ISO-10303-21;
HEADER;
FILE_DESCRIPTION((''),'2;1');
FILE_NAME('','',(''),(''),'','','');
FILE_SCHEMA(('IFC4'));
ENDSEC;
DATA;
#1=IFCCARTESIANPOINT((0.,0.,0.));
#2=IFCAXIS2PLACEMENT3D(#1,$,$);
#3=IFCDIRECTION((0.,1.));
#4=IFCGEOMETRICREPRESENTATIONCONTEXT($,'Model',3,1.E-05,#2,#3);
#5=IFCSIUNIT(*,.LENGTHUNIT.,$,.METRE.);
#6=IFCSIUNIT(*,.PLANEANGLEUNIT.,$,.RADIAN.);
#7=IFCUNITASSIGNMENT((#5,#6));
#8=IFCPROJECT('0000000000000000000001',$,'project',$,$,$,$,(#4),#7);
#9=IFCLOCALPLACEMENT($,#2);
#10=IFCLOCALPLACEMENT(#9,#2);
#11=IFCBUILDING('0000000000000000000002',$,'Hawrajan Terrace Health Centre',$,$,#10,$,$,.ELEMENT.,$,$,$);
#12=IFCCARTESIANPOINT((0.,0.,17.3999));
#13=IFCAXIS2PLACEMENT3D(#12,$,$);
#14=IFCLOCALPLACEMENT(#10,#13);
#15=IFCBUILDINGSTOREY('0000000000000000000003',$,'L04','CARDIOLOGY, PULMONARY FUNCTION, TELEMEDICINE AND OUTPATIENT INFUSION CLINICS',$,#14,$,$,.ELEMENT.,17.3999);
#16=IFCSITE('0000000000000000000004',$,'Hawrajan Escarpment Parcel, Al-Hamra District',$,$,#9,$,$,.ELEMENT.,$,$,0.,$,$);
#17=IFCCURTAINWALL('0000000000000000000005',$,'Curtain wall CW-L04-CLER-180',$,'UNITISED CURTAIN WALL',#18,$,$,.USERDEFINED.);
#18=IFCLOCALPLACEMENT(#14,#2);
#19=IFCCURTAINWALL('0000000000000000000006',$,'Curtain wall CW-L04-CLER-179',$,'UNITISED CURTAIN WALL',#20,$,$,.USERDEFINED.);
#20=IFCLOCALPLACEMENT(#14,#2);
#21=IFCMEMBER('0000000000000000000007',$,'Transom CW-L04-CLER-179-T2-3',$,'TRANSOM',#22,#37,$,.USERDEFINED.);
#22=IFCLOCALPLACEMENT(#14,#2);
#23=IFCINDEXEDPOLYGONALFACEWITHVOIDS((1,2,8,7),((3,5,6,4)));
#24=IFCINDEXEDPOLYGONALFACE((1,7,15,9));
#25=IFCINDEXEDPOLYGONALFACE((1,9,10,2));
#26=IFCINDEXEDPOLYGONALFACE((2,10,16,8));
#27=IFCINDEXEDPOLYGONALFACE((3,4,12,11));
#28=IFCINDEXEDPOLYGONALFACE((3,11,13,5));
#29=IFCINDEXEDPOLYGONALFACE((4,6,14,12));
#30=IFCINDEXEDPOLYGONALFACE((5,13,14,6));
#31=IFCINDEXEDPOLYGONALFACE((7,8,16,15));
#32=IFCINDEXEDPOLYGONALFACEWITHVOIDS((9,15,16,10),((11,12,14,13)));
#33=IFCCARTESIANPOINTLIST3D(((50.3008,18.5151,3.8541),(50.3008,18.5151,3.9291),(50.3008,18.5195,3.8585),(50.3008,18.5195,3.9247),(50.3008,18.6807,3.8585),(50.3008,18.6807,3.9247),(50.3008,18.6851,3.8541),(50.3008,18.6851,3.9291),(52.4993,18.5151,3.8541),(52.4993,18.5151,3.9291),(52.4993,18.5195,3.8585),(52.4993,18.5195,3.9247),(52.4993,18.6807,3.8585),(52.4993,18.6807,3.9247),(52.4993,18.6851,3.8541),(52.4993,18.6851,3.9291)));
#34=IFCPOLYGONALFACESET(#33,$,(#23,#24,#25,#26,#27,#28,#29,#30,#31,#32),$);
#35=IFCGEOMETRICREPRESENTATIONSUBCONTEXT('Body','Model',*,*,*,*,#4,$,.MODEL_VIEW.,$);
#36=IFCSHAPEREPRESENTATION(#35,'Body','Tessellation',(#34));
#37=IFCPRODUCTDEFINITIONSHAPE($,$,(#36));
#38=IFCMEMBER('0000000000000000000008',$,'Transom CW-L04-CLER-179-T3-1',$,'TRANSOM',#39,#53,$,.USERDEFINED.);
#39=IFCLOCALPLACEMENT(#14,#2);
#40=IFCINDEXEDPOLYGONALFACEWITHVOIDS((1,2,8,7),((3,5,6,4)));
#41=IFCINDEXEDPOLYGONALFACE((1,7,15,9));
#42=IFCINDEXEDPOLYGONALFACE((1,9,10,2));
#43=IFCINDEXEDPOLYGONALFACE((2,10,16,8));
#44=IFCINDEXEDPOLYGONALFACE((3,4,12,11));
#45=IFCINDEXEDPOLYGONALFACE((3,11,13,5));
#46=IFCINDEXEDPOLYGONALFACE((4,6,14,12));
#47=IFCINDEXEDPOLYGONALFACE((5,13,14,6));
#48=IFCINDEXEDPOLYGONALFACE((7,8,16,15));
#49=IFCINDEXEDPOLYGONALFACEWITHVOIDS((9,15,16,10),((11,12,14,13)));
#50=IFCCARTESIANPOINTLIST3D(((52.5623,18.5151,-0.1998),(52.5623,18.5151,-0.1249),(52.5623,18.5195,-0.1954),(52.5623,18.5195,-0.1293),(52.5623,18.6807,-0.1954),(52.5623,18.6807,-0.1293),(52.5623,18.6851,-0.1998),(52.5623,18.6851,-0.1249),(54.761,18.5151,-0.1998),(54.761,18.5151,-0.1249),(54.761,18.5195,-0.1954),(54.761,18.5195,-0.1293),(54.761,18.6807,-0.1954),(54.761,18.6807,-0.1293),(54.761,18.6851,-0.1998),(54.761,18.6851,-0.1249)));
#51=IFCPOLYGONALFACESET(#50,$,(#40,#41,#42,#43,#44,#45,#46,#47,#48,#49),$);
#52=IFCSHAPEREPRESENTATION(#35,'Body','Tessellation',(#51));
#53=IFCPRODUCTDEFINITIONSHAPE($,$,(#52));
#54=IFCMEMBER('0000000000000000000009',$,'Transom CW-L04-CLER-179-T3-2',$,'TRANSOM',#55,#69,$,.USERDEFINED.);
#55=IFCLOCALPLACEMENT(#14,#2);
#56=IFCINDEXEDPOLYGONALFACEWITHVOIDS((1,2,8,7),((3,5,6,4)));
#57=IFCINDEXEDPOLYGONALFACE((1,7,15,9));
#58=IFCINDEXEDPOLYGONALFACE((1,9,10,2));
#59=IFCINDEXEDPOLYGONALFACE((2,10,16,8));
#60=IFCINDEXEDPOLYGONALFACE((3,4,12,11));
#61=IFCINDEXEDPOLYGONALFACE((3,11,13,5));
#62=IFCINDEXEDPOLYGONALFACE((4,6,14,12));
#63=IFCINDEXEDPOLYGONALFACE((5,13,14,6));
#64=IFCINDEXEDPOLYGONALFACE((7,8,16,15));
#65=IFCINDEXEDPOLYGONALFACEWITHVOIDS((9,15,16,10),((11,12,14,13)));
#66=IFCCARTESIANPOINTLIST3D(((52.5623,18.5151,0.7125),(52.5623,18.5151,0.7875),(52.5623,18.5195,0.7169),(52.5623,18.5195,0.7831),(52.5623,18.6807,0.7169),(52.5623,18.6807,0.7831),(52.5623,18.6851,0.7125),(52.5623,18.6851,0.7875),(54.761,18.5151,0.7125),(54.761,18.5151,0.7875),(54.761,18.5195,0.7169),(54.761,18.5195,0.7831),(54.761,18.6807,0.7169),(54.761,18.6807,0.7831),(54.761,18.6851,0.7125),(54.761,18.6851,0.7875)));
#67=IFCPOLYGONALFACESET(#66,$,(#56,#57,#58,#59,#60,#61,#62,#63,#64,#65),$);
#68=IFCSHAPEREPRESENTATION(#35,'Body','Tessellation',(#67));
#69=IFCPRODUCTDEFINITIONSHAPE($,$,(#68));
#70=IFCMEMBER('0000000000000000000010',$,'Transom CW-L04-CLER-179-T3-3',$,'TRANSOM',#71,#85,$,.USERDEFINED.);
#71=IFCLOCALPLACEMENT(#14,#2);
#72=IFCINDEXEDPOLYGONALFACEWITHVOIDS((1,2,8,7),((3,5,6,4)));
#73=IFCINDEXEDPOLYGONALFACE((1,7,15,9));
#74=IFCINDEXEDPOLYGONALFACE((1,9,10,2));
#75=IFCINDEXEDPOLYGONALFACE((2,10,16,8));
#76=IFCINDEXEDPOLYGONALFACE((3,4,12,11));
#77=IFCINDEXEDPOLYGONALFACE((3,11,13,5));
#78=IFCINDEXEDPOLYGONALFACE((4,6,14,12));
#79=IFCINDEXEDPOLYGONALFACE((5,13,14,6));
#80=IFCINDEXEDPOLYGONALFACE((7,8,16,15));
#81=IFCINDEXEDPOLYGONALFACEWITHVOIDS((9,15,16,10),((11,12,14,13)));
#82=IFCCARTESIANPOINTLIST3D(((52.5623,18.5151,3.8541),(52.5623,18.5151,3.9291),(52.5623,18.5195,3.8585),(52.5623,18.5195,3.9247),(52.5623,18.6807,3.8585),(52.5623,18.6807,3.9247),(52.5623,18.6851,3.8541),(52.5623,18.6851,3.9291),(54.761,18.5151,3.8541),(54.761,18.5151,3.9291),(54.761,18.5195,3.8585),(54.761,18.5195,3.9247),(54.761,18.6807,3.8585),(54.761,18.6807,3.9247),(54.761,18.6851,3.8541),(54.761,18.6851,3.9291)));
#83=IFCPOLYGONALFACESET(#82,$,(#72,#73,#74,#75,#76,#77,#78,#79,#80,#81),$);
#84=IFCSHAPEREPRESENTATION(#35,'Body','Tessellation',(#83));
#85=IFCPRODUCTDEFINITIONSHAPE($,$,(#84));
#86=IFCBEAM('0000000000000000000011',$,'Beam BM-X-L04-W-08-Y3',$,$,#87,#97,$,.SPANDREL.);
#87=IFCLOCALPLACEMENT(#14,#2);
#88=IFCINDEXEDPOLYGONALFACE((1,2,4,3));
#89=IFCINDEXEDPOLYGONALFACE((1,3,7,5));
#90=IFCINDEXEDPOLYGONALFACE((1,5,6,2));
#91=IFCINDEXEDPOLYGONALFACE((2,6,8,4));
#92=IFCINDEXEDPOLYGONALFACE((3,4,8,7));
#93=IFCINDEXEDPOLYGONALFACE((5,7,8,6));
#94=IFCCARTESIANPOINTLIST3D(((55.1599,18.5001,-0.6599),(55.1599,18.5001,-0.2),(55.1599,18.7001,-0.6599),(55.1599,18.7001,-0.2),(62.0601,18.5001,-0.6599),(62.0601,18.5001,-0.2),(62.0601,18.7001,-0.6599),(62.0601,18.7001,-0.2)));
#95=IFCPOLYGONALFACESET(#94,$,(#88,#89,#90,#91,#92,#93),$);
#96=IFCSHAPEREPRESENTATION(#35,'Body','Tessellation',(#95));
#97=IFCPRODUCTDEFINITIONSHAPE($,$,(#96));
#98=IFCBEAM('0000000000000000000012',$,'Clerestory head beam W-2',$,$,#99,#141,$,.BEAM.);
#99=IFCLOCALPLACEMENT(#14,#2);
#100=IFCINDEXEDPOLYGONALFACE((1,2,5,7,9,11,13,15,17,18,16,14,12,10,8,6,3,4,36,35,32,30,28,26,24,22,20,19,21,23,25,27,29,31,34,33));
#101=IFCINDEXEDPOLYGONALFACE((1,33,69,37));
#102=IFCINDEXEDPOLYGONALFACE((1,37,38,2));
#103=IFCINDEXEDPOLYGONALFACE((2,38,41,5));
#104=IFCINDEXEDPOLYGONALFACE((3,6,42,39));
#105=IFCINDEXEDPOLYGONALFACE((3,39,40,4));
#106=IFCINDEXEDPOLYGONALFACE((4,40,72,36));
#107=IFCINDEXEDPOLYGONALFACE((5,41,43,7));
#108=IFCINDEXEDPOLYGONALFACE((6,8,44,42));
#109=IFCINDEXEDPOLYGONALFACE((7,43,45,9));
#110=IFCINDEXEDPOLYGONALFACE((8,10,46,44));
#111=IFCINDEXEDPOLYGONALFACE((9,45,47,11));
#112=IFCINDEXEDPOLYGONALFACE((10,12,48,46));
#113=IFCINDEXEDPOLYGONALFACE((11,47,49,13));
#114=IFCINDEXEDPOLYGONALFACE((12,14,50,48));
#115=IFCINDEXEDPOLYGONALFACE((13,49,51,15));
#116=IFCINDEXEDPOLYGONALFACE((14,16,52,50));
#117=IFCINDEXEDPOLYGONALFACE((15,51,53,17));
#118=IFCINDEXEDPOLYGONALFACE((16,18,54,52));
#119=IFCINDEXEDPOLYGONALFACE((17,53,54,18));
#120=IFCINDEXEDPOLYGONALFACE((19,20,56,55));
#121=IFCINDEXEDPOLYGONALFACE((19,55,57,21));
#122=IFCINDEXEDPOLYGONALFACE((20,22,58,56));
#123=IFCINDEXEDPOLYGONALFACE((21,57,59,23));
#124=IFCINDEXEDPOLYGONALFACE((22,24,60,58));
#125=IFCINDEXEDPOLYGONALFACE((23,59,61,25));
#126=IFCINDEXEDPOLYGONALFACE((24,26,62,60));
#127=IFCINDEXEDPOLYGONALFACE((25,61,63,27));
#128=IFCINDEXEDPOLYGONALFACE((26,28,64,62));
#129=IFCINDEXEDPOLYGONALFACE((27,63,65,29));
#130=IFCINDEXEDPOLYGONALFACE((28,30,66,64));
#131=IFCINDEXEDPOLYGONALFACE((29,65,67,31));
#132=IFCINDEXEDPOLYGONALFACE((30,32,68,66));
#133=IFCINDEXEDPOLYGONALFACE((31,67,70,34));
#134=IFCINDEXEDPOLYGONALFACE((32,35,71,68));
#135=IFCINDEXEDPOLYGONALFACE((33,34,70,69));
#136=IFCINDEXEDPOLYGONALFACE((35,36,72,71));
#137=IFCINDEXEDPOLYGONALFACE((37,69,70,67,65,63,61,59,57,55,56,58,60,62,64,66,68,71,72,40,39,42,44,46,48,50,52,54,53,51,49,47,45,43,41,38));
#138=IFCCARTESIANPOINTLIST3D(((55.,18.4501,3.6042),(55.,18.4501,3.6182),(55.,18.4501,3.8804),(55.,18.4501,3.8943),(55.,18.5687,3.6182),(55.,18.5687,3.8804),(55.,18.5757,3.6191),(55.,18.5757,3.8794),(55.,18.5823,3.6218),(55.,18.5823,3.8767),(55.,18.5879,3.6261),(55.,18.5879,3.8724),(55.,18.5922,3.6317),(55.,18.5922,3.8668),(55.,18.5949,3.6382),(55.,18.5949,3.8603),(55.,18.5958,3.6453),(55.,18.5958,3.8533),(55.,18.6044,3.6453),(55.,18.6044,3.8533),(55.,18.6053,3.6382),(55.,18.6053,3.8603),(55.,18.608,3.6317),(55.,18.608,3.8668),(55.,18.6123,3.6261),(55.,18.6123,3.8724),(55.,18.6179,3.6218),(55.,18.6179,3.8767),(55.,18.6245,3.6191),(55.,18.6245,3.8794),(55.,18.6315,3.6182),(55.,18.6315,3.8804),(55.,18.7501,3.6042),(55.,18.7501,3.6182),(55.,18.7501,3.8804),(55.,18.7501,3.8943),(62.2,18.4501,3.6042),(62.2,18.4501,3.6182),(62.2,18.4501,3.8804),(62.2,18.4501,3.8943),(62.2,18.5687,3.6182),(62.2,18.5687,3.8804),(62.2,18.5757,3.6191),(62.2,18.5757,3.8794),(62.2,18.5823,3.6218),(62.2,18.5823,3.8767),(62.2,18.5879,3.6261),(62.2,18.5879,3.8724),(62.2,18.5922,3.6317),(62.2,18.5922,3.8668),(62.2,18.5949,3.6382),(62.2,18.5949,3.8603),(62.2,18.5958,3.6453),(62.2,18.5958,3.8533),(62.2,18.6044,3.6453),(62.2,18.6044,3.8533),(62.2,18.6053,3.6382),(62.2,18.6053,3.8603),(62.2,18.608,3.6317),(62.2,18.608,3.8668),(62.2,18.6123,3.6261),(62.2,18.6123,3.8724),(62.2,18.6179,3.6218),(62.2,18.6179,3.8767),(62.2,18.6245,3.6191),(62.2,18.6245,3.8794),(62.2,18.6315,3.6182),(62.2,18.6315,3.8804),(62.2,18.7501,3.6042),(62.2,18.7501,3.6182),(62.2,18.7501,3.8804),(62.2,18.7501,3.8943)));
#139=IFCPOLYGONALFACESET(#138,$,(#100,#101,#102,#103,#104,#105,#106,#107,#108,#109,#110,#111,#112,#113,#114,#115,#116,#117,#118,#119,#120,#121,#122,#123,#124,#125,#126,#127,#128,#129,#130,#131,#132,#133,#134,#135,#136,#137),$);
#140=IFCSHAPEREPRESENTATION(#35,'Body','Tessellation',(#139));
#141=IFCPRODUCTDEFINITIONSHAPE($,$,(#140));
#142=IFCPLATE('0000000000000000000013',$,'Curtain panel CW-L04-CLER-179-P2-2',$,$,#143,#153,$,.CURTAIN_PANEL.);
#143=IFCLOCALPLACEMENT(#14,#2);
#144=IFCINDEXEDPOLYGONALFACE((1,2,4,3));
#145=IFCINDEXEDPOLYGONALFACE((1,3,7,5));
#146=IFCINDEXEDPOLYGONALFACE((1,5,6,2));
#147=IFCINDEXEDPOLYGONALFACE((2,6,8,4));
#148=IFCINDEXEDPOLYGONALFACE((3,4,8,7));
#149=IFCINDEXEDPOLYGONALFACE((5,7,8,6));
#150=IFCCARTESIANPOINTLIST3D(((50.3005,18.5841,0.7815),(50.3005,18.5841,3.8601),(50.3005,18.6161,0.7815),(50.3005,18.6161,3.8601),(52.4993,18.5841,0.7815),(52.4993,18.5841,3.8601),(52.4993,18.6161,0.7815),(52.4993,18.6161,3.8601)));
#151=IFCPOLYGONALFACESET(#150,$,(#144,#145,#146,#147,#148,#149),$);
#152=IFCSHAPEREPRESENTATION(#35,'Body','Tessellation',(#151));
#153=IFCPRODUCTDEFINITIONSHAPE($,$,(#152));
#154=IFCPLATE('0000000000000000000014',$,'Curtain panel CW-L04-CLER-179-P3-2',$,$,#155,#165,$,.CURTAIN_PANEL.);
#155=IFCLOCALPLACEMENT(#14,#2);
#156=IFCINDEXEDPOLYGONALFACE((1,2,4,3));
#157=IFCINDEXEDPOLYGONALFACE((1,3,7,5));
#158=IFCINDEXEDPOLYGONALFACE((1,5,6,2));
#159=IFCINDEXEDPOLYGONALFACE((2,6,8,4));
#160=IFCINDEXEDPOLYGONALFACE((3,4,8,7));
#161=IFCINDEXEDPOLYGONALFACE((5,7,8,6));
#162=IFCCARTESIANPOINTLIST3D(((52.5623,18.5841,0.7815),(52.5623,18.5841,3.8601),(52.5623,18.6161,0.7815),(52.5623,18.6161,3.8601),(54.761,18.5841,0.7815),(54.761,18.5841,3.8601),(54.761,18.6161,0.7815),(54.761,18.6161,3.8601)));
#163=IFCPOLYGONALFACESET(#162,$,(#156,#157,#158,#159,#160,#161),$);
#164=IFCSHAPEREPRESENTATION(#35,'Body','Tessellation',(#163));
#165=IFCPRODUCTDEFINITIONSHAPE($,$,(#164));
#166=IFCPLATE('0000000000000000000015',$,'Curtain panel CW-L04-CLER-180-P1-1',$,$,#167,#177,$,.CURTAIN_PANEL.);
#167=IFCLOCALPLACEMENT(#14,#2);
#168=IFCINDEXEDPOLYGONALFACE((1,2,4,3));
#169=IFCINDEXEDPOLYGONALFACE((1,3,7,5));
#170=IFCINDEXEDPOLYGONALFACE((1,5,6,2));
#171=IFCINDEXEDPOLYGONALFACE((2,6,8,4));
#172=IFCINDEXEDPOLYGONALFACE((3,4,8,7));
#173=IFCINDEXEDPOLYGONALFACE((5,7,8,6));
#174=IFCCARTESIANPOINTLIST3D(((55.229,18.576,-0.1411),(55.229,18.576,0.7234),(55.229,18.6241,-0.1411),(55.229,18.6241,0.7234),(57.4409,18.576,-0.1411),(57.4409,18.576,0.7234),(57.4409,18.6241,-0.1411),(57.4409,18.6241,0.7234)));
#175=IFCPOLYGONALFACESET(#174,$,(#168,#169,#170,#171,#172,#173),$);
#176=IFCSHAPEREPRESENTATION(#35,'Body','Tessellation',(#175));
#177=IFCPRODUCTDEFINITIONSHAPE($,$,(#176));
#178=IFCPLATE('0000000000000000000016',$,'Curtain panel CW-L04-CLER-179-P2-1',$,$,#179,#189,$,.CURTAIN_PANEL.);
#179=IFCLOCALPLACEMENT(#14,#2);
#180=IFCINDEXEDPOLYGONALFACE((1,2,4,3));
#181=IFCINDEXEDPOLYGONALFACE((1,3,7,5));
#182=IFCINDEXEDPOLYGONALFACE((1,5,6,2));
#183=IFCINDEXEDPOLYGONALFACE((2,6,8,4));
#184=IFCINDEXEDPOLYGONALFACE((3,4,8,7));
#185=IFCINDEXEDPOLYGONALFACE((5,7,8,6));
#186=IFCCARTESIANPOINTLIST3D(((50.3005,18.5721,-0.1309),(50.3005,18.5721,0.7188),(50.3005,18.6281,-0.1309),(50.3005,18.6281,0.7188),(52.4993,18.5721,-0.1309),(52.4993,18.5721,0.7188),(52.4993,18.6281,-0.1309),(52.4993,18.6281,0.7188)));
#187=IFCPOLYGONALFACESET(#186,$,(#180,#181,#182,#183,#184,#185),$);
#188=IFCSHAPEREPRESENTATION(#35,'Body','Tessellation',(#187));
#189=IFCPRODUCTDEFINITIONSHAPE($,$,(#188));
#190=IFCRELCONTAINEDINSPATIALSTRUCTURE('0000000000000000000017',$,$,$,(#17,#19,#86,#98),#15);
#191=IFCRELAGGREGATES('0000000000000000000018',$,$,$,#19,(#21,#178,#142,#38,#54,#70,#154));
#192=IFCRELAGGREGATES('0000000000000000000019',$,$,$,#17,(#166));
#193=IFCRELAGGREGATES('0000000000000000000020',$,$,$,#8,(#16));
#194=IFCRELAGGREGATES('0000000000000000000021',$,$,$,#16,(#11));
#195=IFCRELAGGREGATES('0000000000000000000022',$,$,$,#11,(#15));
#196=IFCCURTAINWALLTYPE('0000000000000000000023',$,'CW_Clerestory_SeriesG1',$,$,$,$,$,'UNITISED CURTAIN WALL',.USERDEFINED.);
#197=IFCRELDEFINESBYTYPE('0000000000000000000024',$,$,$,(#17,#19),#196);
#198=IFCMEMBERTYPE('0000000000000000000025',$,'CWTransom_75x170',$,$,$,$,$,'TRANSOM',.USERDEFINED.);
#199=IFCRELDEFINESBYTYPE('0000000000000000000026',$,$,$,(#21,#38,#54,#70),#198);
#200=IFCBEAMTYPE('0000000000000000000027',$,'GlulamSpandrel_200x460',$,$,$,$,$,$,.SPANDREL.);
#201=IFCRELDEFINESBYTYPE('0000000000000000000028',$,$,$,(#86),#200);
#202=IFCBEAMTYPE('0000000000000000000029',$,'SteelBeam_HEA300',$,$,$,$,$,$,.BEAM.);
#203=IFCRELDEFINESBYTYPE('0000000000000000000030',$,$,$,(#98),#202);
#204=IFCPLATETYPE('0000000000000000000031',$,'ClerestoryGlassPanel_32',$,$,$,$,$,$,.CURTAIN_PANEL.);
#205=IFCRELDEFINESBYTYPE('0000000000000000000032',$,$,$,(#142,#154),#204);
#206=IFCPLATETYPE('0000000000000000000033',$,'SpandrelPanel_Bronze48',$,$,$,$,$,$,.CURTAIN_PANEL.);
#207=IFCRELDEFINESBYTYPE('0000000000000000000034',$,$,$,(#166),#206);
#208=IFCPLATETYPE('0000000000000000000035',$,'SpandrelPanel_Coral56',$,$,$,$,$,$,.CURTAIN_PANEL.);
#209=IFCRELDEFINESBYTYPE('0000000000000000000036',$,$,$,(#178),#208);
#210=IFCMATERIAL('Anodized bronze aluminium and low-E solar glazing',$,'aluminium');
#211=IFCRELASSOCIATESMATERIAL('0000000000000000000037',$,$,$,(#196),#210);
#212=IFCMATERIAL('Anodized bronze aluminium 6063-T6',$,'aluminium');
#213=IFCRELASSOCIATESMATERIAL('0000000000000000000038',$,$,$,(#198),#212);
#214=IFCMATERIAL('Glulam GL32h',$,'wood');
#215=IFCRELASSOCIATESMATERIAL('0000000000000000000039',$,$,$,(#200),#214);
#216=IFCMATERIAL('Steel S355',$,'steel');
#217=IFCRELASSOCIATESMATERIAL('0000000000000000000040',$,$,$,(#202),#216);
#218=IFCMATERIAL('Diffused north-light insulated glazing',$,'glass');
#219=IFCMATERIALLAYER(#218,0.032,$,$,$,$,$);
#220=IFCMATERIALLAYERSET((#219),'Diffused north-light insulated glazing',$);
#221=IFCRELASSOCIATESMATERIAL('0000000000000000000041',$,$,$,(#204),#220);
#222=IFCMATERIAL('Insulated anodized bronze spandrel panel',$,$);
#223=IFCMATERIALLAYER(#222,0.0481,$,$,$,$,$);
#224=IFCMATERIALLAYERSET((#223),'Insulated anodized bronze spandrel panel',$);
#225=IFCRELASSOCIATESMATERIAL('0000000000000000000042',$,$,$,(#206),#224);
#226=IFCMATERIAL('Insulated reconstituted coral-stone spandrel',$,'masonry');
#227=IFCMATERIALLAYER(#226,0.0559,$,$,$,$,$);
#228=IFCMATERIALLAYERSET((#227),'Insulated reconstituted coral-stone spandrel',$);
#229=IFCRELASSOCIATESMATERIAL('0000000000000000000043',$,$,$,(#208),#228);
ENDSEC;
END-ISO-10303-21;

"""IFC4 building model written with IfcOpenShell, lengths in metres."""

from ifc_helpers import new_model, si_unit, direction, frame, origin, origin_2d, place, context, subcontext, project, spatial, rectangle, hollow_rectangle, i_section, extrude, material, layer, layer_set, material_profile, profile_set, type_object, element, aggregate, save


model = new_model("IFC4")

# Units and contexts
model_context = context("Model", 3, precision=1e-05, world=origin(), true_north=direction((0.0, 1.0)))
body_context = subcontext(model_context, "Body", "Model", "MODEL_VIEW")
ifc_project = project(units=[si_unit("LENGTHUNIT", "METRE"), si_unit("PLANEANGLEUNIT", "RADIAN")], contexts=[model_context])

# Site, building, storey
site_placement = place(None, origin())
site = spatial("IfcSite", under=ifc_project, at=site_placement, Name="Hawrajan Escarpment Parcel, Al-Hamra District", CompositionType="ELEMENT", RefElevation=0.0)
building_placement = place(site_placement, origin())
building = spatial("IfcBuilding", under=site, at=building_placement, Name="Hawrajan Terrace Health Centre", CompositionType="ELEMENT")
storey_placement = place(building_placement, frame((0.0, 0.0, 17.3999)))
storey = spatial("IfcBuildingStorey", under=building, at=storey_placement, Name="L04", Description="CARDIOLOGY, PULMONARY FUNCTION, TELEMEDICINE AND OUTPATIENT INFUSION CLINICS", CompositionType="ELEMENT", Elevation=17.3999)

# Curtain walls
ifc_material_1 = material(Name="Anodized bronze aluminium and low-E solar glazing", Category="aluminium")
curtain_wall_type = type_object("IfcCurtainWallType", Name="CW_Clerestory_SeriesG1", ElementType="UNITISED CURTAIN WALL", PredefinedType="USERDEFINED", material=ifc_material_1)
curtain_wall_1_placement = place(storey_placement, origin())
curtain_wall_1 = element("IfcCurtainWall", 1, at=curtain_wall_1_placement, inside=storey, type_object=curtain_wall_type, Name="Curtain wall CW-L04-CLER-180", ObjectType="UNITISED CURTAIN WALL", PredefinedType="USERDEFINED")
ifc_material_2 = material(Name="Anodized bronze aluminium 6063-T6", Category="aluminium")
curtain_wall_2_placement = place(storey_placement, origin())
curtain_wall_2 = element("IfcCurtainWall", 2, at=curtain_wall_2_placement, inside=storey, type_object=curtain_wall_type, Name="Curtain wall CW-L04-CLER-179", ObjectType="UNITISED CURTAIN WALL", PredefinedType="USERDEFINED")

# Members
ifc_material_profile_1 = material_profile(ifc_material_2, hollow_rectangle(XDim=0.075, YDim=0.1699, WallThickness=0.0044, at=origin_2d()), Name="CW TRN 75x170")
ifc_profile_set_1 = profile_set([ifc_material_profile_1], Name="Anodized bronze aluminium 6063-T6")
member_type_1 = type_object("IfcMemberType", Name="CWTransom_75x170", ElementType="TRANSOM", PredefinedType="USERDEFINED", material=ifc_profile_set_1)
member_1_placement = place(storey_placement, frame((50.3008, 18.6001, 3.8916), z_axis=(1.0, 0.0, 0.0), x_axis=(0.0, 0.0, 1.0)))
member_1 = element("IfcMember", 3, at=member_1_placement, type_object=member_type_1, Name="Transom CW-L04-CLER-179-T2-3", ObjectType="TRANSOM", PredefinedType="USERDEFINED", context=body_context, shape_type="SweptSolid", body=[
    extrude(hollow_rectangle(XDim=0.075, YDim=0.1699, WallThickness=0.0044, at=origin_2d()), origin(), (0.0, 0.0, 1.0), 2.1985),
])
member_2_placement = place(storey_placement, frame((52.5623, 18.6001, -0.1624), z_axis=(1.0, 0.0, 0.0), x_axis=(0.0, 0.0, 1.0)))
member_2 = element("IfcMember", 4, at=member_2_placement, type_object=member_type_1, Name="Transom CW-L04-CLER-179-T3-1", ObjectType="TRANSOM", PredefinedType="USERDEFINED", context=body_context, shape_type="SweptSolid", body=[
    extrude(hollow_rectangle(XDim=0.075, YDim=0.1699, WallThickness=0.0044, at=origin_2d()), origin(), (0.0, 0.0, 1.0), 2.1987),
])
member_3_placement = place(storey_placement, frame((52.5623, 18.6001, 0.75), z_axis=(1.0, 0.0, 0.0), x_axis=(0.0, 0.0, 1.0)))
member_3 = element("IfcMember", 5, at=member_3_placement, type_object=member_type_1, Name="Transom CW-L04-CLER-179-T3-2", ObjectType="TRANSOM", PredefinedType="USERDEFINED", context=body_context, shape_type="SweptSolid", body=[
    extrude(hollow_rectangle(XDim=0.075, YDim=0.1699, WallThickness=0.0044, at=origin_2d()), origin(), (0.0, 0.0, 1.0), 2.1987),
])
member_4_placement = place(storey_placement, frame((52.5623, 18.6001, 3.8916), z_axis=(1.0, 0.0, 0.0), x_axis=(0.0, 0.0, 1.0)))
member_4 = element("IfcMember", 6, at=member_4_placement, type_object=member_type_1, Name="Transom CW-L04-CLER-179-T3-3", ObjectType="TRANSOM", PredefinedType="USERDEFINED", context=body_context, shape_type="SweptSolid", body=[
    extrude(hollow_rectangle(XDim=0.075, YDim=0.1699, WallThickness=0.0044, at=origin_2d()), origin(), (0.0, 0.0, 1.0), 2.1987),
])

# Beams
ifc_material_3 = material(Name="Glulam GL32h", Category="wood")
ifc_material_profile_2 = material_profile(ifc_material_3, rectangle(XDim=0.2, YDim=0.46, at=origin_2d()), Name="GL SP 200x460")
ifc_profile_set_2 = profile_set([ifc_material_profile_2], Name="Glulam GL32h")
beam_type_1 = type_object("IfcBeamType", Name="GlulamSpandrel_200x460", PredefinedType="SPANDREL", material=ifc_profile_set_2)
beam_1_placement = place(storey_placement, frame((55.1599, 18.6001, -0.4299), z_axis=(1.0, 0.0, 0.0), x_axis=(0.0, 1.0, 0.0)))
element("IfcBeam", 7, at=beam_1_placement, inside=storey, type_object=beam_type_1, Name="Beam BM-X-L04-W-08-Y3", PredefinedType="SPANDREL", context=body_context, shape_type="SweptSolid", body=[
    extrude(rectangle(XDim=0.2, YDim=0.46, at=origin_2d()), origin(), (0.0, 0.0, 1.0), 6.9001),
])
ifc_material_4 = material(Name="Steel S355", Category="steel")
ifc_material_profile_3 = material_profile(ifc_material_4, i_section(OverallWidth=0.3, OverallDepth=0.29, WebThickness=0.0085, FlangeThickness=0.0139, FilletRadius=0.0271, at=origin_2d()), Name="HEA 300")
ifc_profile_set_3 = profile_set([ifc_material_profile_3], Name="Steel S355")
beam_type_2 = type_object("IfcBeamType", Name="SteelBeam_HEA300", PredefinedType="BEAM", material=ifc_profile_set_3)
beam_2_placement = place(storey_placement, frame((55.0, 18.6001, 3.7493), z_axis=(1.0, 0.0, 0.0), x_axis=(0.0, 1.0, 0.0)))
element("IfcBeam", 8, at=beam_2_placement, inside=storey, type_object=beam_type_2, Name="Clerestory head beam W-2", PredefinedType="BEAM", context=body_context, shape_type="SweptSolid", body=[
    extrude(i_section(OverallWidth=0.3, OverallDepth=0.29, WebThickness=0.0085, FlangeThickness=0.0139, FilletRadius=0.0271, at=origin_2d()), origin(), (0.0, 0.0, 1.0), 7.2),
])

# Plates
ifc_material_5 = material(Name="Diffused north-light insulated glazing", Category="glass")
ifc_layer_1 = layer(ifc_material_5, 0.032)
ifc_layer_set_1 = layer_set([ifc_layer_1], Name="Diffused north-light insulated glazing")
plate_type_1 = type_object("IfcPlateType", Name="ClerestoryGlassPanel_32", PredefinedType="CURTAIN_PANEL", material=ifc_layer_set_1)
plate_1_placement = place(storey_placement, frame((51.3999, 18.6001, 0.7815), z_axis=(0.0, 0.0, 1.0), x_axis=(1.0, 0.0, 0.0)))
plate_1 = element("IfcPlate", 9, at=plate_1_placement, type_object=plate_type_1, Name="Curtain panel CW-L04-CLER-179-P2-2", PredefinedType="CURTAIN_PANEL", context=body_context, shape_type="SweptSolid", body=[
    extrude(rectangle(XDim=2.1987, YDim=0.032, at=origin_2d()), origin(), (0.0, 0.0, 1.0), 3.0786),
])
plate_2_placement = place(storey_placement, frame((53.6616, 18.6001, 0.7815), z_axis=(0.0, 0.0, 1.0), x_axis=(1.0, 0.0, 0.0)))
plate_2 = element("IfcPlate", 10, at=plate_2_placement, type_object=plate_type_1, Name="Curtain panel CW-L04-CLER-179-P3-2", PredefinedType="CURTAIN_PANEL", context=body_context, shape_type="SweptSolid", body=[
    extrude(rectangle(XDim=2.1987, YDim=0.032, at=origin_2d()), origin(), (0.0, 0.0, 1.0), 3.0786),
])
ifc_material_6 = material(Name="Insulated anodized bronze spandrel panel")
ifc_layer_2 = layer(ifc_material_6, 0.0481)
ifc_layer_set_2 = layer_set([ifc_layer_2], Name="Insulated anodized bronze spandrel panel")
plate_type_2 = type_object("IfcPlateType", Name="SpandrelPanel_Bronze48", PredefinedType="CURTAIN_PANEL", material=ifc_layer_set_2)
plate_3_placement = place(storey_placement, frame((56.335, 18.6001, -0.1411), z_axis=(0.0, 0.0, 1.0), x_axis=(1.0, 0.0, 0.0)))
plate_3 = element("IfcPlate", 11, at=plate_3_placement, type_object=plate_type_2, Name="Curtain panel CW-L04-CLER-180-P1-1", PredefinedType="CURTAIN_PANEL", context=body_context, shape_type="SweptSolid", body=[
    extrude(rectangle(XDim=2.2119, YDim=0.0481, at=origin_2d()), origin(), (0.0, 0.0, 1.0), 0.8645),
])
ifc_material_7 = material(Name="Insulated reconstituted coral-stone spandrel", Category="masonry")
ifc_layer_3 = layer(ifc_material_7, 0.0559)
ifc_layer_set_3 = layer_set([ifc_layer_3], Name="Insulated reconstituted coral-stone spandrel")
plate_type_3 = type_object("IfcPlateType", Name="SpandrelPanel_Coral56", PredefinedType="CURTAIN_PANEL", material=ifc_layer_set_3)
plate_4_placement = place(storey_placement, frame((51.3999, 18.6001, -0.1309), z_axis=(0.0, 0.0, 1.0), x_axis=(1.0, 0.0, 0.0)))
plate_4 = element("IfcPlate", 12, at=plate_4_placement, type_object=plate_type_3, Name="Curtain panel CW-L04-CLER-179-P2-1", PredefinedType="CURTAIN_PANEL", context=body_context, shape_type="SweptSolid", body=[
    extrude(rectangle(XDim=2.1987, YDim=0.0559, at=origin_2d()), origin(), (0.0, 0.0, 1.0), 0.8496),
])
aggregate(curtain_wall_2, [member_1, plate_4, plate_1, member_2, member_3, member_4, plate_2])
aggregate(curtain_wall_1, [plate_3])

save(model, "model.ifc")
